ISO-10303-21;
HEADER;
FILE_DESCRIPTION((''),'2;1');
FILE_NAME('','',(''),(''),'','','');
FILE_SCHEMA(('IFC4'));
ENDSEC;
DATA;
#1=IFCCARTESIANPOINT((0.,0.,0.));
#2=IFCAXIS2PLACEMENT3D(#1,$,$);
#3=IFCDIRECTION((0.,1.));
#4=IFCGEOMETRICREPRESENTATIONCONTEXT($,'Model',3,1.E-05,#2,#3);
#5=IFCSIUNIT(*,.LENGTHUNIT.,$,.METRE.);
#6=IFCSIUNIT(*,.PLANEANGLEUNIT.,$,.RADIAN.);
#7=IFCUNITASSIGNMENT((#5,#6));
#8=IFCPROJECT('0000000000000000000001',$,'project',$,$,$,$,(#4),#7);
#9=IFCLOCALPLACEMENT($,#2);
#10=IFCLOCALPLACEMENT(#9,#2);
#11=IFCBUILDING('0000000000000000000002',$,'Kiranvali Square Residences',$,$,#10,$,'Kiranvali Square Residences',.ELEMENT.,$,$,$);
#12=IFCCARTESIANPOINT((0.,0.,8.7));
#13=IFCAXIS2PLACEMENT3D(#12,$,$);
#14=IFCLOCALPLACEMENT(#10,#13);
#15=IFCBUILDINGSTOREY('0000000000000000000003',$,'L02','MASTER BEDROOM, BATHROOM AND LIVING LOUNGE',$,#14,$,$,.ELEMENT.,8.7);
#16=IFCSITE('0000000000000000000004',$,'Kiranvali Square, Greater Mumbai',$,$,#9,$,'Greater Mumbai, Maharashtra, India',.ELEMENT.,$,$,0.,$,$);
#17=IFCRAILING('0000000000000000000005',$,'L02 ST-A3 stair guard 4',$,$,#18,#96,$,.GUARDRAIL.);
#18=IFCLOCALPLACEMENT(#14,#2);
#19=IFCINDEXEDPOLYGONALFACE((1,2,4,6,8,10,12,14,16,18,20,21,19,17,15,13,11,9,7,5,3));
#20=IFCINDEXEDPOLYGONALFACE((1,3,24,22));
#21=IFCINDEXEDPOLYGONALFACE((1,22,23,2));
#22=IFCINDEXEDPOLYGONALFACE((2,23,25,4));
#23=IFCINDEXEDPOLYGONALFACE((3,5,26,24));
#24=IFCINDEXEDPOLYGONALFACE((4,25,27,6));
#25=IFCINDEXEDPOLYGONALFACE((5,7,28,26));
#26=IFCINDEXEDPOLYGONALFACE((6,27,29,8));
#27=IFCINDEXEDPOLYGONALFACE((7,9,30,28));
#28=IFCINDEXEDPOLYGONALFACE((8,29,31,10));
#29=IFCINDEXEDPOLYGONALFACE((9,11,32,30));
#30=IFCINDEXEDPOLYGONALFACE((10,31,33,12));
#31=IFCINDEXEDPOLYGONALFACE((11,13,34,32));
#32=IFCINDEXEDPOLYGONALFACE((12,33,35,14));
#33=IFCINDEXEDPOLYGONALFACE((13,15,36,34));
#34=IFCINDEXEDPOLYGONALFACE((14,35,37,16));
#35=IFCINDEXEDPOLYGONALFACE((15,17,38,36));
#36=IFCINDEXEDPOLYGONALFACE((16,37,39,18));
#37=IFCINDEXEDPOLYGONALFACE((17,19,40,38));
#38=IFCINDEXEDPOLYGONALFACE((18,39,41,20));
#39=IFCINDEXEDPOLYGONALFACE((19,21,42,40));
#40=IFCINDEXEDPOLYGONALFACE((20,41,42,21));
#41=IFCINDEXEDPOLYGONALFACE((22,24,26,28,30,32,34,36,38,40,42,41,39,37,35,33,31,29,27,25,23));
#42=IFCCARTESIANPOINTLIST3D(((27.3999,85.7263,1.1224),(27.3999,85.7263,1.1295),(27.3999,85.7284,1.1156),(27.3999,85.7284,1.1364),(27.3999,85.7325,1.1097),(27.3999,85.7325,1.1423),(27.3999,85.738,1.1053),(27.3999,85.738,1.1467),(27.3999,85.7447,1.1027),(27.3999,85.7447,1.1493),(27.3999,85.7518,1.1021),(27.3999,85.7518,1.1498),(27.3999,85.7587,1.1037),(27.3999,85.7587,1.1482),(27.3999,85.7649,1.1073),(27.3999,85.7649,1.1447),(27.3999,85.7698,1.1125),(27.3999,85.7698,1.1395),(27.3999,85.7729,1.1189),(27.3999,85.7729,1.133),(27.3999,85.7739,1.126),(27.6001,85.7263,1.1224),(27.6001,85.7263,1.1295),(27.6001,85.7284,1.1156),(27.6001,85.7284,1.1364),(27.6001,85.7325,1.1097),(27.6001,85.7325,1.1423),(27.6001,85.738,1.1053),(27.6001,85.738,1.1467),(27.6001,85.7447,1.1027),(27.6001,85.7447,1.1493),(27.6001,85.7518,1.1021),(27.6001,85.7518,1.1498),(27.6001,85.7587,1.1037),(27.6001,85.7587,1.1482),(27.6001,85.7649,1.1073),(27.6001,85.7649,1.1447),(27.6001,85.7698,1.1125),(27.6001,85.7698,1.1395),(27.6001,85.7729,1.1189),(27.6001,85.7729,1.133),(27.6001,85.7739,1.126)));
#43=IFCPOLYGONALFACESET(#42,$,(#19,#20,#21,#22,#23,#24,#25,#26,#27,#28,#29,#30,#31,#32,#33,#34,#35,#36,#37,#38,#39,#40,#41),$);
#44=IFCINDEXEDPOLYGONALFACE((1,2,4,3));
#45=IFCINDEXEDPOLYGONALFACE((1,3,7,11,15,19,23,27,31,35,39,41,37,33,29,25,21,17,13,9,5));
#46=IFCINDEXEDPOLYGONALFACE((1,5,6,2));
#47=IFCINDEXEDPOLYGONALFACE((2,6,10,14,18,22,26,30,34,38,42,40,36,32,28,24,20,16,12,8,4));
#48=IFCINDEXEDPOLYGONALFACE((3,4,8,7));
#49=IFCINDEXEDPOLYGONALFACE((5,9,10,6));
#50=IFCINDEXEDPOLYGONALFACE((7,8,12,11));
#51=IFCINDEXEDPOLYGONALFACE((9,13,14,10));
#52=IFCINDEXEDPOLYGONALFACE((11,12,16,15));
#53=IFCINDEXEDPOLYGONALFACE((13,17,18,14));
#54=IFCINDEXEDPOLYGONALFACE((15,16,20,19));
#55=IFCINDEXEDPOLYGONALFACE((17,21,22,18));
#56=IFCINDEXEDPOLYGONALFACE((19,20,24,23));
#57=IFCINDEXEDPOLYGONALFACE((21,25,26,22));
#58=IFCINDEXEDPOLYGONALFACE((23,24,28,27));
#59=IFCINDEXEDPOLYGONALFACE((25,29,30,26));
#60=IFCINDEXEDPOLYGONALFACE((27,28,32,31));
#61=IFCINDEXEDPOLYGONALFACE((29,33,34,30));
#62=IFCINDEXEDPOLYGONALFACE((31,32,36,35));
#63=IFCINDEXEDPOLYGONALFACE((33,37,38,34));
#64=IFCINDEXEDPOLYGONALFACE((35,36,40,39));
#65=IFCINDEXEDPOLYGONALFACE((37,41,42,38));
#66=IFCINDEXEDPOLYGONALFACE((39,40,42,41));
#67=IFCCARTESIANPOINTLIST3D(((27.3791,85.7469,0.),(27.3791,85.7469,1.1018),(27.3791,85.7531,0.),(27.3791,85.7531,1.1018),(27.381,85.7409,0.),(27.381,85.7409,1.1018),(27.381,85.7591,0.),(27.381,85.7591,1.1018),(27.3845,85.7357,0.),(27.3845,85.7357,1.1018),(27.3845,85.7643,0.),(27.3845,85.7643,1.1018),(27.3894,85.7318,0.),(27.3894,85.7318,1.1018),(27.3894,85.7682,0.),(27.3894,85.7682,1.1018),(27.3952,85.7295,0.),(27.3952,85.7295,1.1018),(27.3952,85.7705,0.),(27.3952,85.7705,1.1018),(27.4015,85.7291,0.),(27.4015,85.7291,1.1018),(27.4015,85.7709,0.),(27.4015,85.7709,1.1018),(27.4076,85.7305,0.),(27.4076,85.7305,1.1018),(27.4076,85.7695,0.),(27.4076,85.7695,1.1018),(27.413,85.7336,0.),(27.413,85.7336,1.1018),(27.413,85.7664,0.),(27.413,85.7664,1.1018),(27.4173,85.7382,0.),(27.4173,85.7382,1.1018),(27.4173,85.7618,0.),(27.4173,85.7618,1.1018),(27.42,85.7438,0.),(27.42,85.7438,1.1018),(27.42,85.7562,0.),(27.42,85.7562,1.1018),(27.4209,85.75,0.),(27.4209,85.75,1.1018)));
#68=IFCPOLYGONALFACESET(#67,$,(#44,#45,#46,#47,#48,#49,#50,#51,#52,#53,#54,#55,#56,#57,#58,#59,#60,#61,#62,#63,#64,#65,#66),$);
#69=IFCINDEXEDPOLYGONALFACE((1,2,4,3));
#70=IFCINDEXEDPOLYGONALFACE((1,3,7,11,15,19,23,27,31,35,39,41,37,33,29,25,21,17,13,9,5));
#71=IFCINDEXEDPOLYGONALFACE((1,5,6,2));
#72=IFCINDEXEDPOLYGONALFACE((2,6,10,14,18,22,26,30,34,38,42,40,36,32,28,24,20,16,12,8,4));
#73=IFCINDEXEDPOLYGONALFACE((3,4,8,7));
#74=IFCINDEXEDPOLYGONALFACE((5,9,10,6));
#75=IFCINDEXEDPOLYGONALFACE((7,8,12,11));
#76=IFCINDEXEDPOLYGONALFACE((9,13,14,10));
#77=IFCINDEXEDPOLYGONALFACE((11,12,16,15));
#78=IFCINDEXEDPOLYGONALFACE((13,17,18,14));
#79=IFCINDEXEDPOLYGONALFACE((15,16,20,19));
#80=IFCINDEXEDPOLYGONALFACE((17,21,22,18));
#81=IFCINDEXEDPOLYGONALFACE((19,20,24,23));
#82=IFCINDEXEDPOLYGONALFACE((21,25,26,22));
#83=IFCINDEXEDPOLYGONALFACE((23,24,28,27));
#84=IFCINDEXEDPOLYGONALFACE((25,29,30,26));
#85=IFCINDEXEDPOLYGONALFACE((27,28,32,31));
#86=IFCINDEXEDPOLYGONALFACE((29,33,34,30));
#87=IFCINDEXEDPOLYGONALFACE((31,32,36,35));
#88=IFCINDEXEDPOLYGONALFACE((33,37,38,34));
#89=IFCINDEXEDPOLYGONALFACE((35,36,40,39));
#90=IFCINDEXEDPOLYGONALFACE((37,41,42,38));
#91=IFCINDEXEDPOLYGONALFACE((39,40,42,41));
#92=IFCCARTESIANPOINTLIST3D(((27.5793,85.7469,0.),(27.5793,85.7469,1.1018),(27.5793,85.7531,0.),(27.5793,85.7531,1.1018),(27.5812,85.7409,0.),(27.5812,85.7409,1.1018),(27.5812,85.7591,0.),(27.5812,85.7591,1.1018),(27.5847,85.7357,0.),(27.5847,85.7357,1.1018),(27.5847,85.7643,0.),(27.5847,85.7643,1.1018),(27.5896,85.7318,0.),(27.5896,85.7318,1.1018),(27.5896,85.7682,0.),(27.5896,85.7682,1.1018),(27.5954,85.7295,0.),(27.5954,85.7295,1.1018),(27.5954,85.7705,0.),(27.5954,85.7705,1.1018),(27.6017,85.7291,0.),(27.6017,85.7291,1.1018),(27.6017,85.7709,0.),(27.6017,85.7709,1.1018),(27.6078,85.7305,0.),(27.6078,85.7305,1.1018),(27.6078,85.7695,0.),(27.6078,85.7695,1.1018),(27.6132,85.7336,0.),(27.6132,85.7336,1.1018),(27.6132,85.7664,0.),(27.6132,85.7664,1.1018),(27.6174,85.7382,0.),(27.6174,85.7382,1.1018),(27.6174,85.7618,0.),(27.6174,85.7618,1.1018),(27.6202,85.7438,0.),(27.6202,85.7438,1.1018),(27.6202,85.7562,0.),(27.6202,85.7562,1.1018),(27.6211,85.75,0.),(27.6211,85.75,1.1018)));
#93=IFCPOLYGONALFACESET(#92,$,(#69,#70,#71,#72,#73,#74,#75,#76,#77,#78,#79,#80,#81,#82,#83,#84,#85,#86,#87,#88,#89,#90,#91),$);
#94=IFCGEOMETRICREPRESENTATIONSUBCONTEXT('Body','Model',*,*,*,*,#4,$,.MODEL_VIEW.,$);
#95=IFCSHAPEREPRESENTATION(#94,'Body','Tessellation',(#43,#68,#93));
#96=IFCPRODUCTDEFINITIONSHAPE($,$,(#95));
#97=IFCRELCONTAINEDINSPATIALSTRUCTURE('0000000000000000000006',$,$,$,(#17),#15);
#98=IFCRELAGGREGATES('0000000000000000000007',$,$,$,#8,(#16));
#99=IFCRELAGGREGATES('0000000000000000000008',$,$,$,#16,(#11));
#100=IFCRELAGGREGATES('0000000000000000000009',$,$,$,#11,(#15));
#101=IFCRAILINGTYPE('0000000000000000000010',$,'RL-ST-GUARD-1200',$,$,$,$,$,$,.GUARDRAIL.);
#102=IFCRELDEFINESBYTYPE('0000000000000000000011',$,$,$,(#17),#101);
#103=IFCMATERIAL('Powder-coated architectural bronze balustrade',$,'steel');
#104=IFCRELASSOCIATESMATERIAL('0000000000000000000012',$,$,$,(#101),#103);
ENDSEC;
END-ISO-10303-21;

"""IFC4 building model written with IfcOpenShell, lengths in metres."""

from ifc_helpers import new_model, si_unit, direction, frame, origin, origin_2d, place, context, subcontext, project, spatial, circle, extrude, material, type_object, element, save


model = new_model("IFC4")

# Units and contexts
model_context = context("Model", 3, precision=1e-05, world=origin(), true_north=direction((0.0, 1.0)))
body_context = subcontext(model_context, "Body", "Model", "MODEL_VIEW")
ifc_project = project(units=[si_unit("LENGTHUNIT", "METRE"), si_unit("PLANEANGLEUNIT", "RADIAN")], contexts=[model_context])

# Site, building, storey
site_placement = place(None, origin())
site = spatial("IfcSite", under=ifc_project, at=site_placement, Name="Kiranvali Square, Greater Mumbai", LongName="Greater Mumbai, Maharashtra, India", CompositionType="ELEMENT", RefElevation=0.0)
building_placement = place(site_placement, origin())
building = spatial("IfcBuilding", under=site, at=building_placement, Name="Kiranvali Square Residences", LongName="Kiranvali Square Residences", CompositionType="ELEMENT")
storey_placement = place(building_placement, frame((0.0, 0.0, 8.7)))
storey = spatial("IfcBuildingStorey", under=building, at=storey_placement, Name="L02", Description="MASTER BEDROOM, BATHROOM AND LIVING LOUNGE", CompositionType="ELEMENT", Elevation=8.7)

# Railing
ifc_material_1 = material(Name="Powder-coated architectural bronze balustrade", Category="steel")
railing_type_1 = type_object("IfcRailingType", Name="RL-ST-GUARD-1200", PredefinedType="GUARDRAIL", material=ifc_material_1)
railing_1_placement = place(storey_placement, frame((27.3999, 85.75, 0.0)))
element("IfcRailing", 1, at=railing_1_placement, inside=storey, type_object=railing_type_1, Name="L02 ST-A3 stair guard 4", PredefinedType="GUARDRAIL", context=body_context, shape_type="SweptSolid", body=[
    extrude(circle(Radius=0.0239, at=origin_2d()), frame((0.0, 0.0, 1.126), z_axis=(1.0, 0.0, 0.0), x_axis=(0.0, 1.0, 0.0)), (0.0, 0.0, 1.0), 0.2002),
    extrude(circle(Radius=0.021, at=origin_2d()), origin(), (0.0, 0.0, 1.0), 1.1018),
    extrude(circle(Radius=0.021, at=origin_2d()), frame((0.2002, 0.0, 0.0)), (0.0, 0.0, 1.0), 1.1018),
])

save(model, "model.ifc")
